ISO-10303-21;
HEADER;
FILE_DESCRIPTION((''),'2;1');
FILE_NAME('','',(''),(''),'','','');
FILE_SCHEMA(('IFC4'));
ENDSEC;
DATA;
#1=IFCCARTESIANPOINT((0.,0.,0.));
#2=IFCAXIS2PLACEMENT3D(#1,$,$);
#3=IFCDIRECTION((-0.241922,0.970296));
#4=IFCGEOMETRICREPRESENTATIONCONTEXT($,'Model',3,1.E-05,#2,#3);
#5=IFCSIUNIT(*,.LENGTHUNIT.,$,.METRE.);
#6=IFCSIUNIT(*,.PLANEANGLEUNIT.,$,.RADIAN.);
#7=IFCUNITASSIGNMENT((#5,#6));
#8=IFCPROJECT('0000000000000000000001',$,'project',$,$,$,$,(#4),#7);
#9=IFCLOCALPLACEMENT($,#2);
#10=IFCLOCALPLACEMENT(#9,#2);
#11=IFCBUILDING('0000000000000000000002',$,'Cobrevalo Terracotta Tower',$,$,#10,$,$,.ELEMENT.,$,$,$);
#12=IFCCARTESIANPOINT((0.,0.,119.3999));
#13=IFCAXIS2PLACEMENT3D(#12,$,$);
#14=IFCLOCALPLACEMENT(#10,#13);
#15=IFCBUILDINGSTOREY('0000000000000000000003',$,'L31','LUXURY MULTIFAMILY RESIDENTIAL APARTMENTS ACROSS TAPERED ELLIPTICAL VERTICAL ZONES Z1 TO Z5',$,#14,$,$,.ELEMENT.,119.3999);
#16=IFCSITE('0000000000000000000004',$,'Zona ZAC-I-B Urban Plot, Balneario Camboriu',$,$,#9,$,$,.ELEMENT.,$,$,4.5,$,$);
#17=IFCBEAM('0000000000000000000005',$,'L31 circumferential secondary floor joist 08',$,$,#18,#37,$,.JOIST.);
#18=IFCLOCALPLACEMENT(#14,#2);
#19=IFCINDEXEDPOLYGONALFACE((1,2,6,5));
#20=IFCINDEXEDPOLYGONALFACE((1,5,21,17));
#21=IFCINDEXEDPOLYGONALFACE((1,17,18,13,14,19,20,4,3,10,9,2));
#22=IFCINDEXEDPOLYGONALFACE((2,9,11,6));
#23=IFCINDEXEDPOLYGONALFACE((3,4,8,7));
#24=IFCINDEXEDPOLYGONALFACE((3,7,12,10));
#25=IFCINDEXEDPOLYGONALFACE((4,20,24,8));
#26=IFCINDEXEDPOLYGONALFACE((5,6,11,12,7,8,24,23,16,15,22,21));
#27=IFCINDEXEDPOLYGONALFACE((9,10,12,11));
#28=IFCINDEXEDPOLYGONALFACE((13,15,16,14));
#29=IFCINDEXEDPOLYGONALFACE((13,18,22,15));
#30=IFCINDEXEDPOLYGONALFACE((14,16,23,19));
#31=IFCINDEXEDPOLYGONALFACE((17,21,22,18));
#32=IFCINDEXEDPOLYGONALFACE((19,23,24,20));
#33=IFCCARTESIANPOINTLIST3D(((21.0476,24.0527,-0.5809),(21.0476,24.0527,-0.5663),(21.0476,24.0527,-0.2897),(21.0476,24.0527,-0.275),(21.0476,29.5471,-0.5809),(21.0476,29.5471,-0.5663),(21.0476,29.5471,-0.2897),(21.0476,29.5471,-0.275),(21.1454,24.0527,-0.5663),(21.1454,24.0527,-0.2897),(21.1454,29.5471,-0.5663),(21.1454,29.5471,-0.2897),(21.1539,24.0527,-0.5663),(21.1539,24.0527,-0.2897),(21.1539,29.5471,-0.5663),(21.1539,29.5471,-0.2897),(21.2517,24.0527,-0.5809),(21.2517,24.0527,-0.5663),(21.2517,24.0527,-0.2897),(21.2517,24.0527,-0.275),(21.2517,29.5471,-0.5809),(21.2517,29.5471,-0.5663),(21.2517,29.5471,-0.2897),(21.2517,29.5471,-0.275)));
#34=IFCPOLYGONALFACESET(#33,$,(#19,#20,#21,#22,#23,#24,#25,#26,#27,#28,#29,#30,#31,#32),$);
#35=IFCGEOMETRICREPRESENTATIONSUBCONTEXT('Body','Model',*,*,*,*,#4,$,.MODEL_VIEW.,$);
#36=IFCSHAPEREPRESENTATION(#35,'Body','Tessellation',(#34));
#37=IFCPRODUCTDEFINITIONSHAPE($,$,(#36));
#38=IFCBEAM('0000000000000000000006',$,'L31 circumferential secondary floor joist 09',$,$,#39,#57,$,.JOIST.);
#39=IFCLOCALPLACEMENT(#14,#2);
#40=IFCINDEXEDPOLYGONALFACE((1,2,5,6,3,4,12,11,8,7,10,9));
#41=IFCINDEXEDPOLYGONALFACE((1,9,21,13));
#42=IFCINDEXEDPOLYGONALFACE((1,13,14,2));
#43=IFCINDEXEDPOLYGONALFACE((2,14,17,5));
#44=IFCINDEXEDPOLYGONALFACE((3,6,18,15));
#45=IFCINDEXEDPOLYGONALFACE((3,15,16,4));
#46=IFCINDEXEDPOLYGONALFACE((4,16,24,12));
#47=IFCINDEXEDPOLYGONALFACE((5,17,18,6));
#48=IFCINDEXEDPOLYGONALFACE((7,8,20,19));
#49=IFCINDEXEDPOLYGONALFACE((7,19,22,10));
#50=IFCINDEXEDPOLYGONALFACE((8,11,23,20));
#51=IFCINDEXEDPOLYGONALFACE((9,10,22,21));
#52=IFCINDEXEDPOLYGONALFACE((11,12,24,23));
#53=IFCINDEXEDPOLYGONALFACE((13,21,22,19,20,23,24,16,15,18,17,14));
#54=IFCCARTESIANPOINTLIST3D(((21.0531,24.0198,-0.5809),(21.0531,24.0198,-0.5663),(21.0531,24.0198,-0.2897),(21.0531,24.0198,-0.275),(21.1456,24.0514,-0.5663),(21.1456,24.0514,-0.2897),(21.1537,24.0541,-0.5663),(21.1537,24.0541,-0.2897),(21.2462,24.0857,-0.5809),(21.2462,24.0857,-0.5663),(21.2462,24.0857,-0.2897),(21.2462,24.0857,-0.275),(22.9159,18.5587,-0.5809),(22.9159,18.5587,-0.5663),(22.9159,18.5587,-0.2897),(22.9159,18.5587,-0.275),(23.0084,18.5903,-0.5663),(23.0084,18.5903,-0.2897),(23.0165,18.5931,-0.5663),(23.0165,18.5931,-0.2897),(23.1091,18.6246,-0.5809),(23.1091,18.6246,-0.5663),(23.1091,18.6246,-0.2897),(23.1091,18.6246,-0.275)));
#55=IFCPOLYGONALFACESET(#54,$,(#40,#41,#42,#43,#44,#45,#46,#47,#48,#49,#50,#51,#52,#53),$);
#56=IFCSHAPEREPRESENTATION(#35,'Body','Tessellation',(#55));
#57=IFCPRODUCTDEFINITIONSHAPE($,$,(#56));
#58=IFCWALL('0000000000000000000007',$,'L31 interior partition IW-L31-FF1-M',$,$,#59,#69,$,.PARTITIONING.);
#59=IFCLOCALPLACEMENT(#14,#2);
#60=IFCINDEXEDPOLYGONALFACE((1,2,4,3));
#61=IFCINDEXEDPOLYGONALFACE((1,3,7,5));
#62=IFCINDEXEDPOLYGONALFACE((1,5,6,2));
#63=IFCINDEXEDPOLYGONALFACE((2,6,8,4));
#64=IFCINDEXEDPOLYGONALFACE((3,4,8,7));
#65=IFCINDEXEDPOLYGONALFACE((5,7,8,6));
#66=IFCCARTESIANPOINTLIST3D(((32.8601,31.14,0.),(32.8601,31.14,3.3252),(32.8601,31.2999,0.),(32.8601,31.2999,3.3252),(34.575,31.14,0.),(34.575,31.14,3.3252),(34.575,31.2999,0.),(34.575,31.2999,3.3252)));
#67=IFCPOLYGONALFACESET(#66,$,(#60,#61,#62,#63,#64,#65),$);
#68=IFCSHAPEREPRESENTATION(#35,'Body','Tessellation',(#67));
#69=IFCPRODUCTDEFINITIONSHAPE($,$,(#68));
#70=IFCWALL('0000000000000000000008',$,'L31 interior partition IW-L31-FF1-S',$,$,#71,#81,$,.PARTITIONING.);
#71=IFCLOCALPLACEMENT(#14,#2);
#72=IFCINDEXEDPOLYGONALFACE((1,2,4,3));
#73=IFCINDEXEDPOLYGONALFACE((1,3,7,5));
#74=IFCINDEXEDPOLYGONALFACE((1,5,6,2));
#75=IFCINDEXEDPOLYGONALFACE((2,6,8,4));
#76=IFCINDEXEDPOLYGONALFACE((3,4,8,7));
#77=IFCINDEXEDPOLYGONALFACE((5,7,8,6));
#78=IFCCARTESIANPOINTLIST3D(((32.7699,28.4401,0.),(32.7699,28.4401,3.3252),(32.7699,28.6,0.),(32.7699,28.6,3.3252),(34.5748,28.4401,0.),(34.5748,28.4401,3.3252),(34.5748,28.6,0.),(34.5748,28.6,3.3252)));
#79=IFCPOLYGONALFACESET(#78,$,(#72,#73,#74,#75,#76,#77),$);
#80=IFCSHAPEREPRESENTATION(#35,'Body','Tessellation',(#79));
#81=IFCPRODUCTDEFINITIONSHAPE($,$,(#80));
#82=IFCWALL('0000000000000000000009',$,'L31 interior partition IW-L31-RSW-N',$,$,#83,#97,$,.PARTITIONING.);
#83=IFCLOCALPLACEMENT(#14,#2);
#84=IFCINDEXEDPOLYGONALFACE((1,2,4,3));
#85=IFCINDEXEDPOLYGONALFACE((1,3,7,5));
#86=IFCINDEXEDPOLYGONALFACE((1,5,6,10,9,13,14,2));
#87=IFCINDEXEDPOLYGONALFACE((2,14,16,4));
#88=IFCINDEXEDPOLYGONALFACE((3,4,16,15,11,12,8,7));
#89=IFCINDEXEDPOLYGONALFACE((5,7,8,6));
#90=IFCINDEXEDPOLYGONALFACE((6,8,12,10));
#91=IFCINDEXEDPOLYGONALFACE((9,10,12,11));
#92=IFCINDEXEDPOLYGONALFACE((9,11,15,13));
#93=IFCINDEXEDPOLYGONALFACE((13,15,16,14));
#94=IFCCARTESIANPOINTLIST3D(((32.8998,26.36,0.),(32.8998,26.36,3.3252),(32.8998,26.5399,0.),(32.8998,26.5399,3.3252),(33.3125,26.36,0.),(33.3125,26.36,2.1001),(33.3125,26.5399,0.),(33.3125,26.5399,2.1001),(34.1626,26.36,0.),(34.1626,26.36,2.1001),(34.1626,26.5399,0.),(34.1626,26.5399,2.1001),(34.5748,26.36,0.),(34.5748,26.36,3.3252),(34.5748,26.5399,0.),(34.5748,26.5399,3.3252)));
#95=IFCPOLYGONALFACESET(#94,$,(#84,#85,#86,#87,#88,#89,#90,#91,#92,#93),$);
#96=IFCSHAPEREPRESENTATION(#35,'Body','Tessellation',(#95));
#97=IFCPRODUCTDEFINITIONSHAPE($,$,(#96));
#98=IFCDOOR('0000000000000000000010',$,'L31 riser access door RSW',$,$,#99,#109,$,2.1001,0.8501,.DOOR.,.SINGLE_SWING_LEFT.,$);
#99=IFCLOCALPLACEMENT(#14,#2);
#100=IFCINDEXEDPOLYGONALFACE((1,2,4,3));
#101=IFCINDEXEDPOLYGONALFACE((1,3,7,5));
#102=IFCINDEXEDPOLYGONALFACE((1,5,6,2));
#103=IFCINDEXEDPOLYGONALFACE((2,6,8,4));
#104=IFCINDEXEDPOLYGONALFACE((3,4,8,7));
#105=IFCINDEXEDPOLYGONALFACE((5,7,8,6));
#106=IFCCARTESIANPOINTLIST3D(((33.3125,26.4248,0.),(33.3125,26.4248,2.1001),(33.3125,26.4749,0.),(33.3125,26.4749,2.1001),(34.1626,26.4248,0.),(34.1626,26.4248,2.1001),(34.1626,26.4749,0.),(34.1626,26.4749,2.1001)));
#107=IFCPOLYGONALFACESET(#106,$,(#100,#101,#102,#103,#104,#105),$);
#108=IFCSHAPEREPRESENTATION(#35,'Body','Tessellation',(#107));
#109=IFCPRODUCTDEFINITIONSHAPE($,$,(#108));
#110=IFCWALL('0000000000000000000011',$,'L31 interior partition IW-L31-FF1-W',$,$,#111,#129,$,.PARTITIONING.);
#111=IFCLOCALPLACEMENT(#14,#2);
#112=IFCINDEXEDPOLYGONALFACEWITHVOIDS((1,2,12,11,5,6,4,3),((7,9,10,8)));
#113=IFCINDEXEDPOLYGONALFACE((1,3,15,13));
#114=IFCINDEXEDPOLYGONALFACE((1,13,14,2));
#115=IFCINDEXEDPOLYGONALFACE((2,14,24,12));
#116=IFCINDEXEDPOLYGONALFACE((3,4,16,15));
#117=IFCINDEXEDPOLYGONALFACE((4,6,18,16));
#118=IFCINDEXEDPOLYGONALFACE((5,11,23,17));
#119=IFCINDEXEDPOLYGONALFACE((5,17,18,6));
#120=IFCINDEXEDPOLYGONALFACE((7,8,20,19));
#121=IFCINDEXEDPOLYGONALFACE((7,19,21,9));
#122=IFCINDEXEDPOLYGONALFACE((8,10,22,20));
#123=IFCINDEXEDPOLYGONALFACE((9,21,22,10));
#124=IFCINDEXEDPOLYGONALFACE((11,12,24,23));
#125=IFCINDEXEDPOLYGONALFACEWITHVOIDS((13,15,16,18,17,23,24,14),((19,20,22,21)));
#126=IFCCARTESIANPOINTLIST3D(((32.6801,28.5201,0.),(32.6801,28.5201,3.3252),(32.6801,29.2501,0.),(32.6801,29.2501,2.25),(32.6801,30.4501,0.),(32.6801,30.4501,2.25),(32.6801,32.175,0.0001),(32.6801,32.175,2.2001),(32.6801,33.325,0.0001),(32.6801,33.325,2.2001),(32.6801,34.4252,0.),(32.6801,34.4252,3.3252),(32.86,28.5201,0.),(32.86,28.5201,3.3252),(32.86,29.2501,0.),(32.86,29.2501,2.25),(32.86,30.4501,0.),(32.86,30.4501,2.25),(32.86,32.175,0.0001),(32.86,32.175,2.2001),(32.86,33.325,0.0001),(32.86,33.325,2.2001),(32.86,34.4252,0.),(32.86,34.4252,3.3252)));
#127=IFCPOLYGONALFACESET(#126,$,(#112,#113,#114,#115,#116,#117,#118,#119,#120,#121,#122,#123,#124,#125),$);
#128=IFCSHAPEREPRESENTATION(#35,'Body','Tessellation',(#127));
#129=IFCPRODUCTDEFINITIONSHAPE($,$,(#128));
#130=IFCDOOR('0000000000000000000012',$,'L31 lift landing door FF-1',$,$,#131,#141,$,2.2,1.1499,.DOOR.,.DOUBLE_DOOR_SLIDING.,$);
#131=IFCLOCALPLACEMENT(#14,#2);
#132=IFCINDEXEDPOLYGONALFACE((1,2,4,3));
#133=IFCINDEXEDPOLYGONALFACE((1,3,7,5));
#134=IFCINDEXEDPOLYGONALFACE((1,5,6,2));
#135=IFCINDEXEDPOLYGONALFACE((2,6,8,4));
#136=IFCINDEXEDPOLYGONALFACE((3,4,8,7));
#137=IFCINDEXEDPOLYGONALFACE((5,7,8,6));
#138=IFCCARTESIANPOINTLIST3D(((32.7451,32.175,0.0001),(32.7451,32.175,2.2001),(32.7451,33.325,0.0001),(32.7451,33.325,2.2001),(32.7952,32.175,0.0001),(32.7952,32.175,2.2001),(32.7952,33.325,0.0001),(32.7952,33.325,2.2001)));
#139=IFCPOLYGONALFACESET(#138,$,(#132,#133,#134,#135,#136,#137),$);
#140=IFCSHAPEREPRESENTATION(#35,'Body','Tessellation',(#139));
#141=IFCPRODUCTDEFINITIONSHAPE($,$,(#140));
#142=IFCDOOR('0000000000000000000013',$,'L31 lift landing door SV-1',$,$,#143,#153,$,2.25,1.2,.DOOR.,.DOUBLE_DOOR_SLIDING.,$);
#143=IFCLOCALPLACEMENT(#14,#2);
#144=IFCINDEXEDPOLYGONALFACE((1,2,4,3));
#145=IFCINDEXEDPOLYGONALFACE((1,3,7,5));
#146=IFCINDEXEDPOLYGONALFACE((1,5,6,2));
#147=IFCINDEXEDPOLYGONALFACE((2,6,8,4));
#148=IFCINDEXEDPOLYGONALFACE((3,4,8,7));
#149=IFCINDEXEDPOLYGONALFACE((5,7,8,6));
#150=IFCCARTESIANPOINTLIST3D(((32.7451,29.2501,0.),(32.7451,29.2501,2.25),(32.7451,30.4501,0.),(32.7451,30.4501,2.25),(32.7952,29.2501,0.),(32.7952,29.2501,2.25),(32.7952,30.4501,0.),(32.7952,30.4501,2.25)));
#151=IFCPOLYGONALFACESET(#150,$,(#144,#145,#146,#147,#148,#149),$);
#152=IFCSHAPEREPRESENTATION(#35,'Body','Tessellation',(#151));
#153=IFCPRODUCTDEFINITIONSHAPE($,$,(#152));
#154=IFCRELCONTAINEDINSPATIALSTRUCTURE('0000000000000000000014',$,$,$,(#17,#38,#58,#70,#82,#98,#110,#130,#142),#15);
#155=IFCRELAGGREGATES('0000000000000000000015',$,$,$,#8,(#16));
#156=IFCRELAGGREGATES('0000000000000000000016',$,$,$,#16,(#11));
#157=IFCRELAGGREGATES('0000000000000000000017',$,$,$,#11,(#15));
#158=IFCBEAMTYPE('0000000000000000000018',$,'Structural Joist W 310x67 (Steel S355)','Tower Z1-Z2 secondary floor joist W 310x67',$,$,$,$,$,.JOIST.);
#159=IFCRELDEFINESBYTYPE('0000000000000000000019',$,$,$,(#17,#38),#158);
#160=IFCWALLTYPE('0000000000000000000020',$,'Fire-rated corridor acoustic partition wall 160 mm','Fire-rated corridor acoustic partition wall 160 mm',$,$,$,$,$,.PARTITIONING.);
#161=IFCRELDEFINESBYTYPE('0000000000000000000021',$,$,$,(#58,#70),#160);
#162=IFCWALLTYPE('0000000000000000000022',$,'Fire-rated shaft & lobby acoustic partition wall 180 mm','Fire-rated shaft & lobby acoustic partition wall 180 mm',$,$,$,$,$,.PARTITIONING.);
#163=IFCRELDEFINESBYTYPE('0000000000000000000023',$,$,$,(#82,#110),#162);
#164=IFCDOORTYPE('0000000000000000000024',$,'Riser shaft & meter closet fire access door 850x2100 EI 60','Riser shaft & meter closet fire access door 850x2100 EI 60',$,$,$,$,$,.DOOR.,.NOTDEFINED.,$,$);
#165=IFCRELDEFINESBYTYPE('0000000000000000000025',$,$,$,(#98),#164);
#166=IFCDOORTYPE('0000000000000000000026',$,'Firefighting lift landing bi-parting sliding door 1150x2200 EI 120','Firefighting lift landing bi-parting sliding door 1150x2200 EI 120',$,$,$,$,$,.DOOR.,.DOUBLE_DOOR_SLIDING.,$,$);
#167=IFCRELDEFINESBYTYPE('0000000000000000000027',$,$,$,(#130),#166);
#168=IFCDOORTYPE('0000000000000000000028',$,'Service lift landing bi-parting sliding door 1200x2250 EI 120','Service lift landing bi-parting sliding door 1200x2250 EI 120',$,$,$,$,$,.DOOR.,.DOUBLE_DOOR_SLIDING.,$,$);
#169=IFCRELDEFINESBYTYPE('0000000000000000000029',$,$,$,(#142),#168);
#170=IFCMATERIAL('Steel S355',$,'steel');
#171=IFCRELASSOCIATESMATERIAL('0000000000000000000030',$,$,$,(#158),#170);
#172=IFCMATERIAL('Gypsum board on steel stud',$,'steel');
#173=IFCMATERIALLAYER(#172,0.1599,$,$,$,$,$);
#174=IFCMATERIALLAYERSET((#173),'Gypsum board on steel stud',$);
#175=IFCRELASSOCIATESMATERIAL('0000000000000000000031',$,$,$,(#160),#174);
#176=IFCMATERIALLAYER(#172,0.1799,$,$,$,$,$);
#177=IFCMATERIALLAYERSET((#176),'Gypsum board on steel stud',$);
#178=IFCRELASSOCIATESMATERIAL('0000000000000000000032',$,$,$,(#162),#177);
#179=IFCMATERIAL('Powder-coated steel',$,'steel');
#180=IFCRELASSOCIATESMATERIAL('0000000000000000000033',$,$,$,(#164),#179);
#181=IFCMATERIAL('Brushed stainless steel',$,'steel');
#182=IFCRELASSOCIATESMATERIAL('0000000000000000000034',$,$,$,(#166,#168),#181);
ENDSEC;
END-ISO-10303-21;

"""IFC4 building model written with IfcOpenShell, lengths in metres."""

from ifc_helpers import new_model, si_unit, direction, frame, frame_2d, origin, origin_2d, place, context, subcontext, project, spatial, rectangle, i_section, extrude, source, transform, mapped, material, layer, layer_set, material_profile, profile_set, type_object, element, fill, save


model = new_model("IFC4")

# Units and contexts
model_context = context("Model", 3, precision=1e-05, world=origin(), true_north=direction((-0.241922, 0.970296)))
body_context = subcontext(model_context, "Body", "Model", "MODEL_VIEW")
ifc_project = project(units=[si_unit("LENGTHUNIT", "METRE"), si_unit("PLANEANGLEUNIT", "RADIAN")], contexts=[model_context])

# Site, building, storey
site_placement = place(None, origin())
site = spatial("IfcSite", under=ifc_project, at=site_placement, Name="Zona ZAC-I-B Urban Plot, Balneario Camboriu", CompositionType="ELEMENT", RefElevation=4.5)
building_placement = place(site_placement, origin())
building = spatial("IfcBuilding", under=site, at=building_placement, Name="Cobrevalo Terracotta Tower", CompositionType="ELEMENT")
storey_placement = place(building_placement, frame((0.0, 0.0, 119.3999)))
storey = spatial("IfcBuildingStorey", under=building, at=storey_placement, Name="L31", Description="LUXURY MULTIFAMILY RESIDENTIAL APARTMENTS ACROSS TAPERED ELLIPTICAL VERTICAL ZONES Z1 TO Z5", CompositionType="ELEMENT", Elevation=119.3999)

# Beams
ifc_material_1 = material(Name="Steel S355", Category="steel")
ifc_material_profile = material_profile(ifc_material_1, i_section(OverallWidth=0.2041, OverallDepth=0.3059, WebThickness=0.0085, FlangeThickness=0.0146, at=origin_2d()), Name="W 310x67")
ifc_profile_set = profile_set([ifc_material_profile], Name="Steel S355")
beam_type = type_object("IfcBeamType", Name="Structural Joist W 310x67 (Steel S355)", Description="Tower Z1-Z2 secondary floor joist W 310x67", PredefinedType="JOIST", material=ifc_profile_set)
beam_1_placement = place(storey_placement, frame((21.1497, 29.5471, -0.428), z_axis=(0.0, -1.0, 0.0), x_axis=(1.0, 0.0, 0.0)))
element("IfcBeam", 1, at=beam_1_placement, inside=storey, type_object=beam_type, Name="L31 circumferential secondary floor joist 08", PredefinedType="JOIST", context=body_context, shape_type="SweptSolid", body=[
    extrude(i_section(OverallWidth=0.2041, OverallDepth=0.3059, WebThickness=0.0085, FlangeThickness=0.0146, at=origin_2d()), origin(), (0.0, 0.0, 1.0), 5.4944),
])
beam_2_placement = place(storey_placement, frame((21.1497, 24.0527, -0.428), z_axis=(0.322846, -0.946451, 0.0), x_axis=(0.946451, 0.322846, 0.0)))
element("IfcBeam", 2, at=beam_2_placement, inside=storey, type_object=beam_type, Name="L31 circumferential secondary floor joist 09", PredefinedType="JOIST", context=body_context, shape_type="SweptSolid", body=[
    extrude(i_section(OverallWidth=0.2041, OverallDepth=0.3059, WebThickness=0.0085, FlangeThickness=0.0146, at=origin_2d()), origin(), (0.0, 0.0, 1.0), 5.77),
])

# Walls
ifc_material_2 = material(Name="Gypsum board on steel stud", Category="steel")
ifc_layer_1 = layer(ifc_material_2, 0.1599)
ifc_layer_set_1 = layer_set([ifc_layer_1], Name="Gypsum board on steel stud")
wall_type_1 = type_object("IfcWallType", Name="Fire-rated corridor acoustic partition wall 160 mm", Description="Fire-rated corridor acoustic partition wall 160 mm", PredefinedType="PARTITIONING", material=ifc_layer_set_1)
wall_1_placement = place(storey_placement, frame((32.8601, 31.22, 0.0), z_axis=(0.0, 0.0, 1.0), x_axis=(1.0, 0.0, 0.0)))
element("IfcWall", 3, at=wall_1_placement, inside=storey, type_object=wall_type_1, Name="L31 interior partition IW-L31-FF1-M", PredefinedType="PARTITIONING", context=body_context, shape_type="SweptSolid", body=[
    extrude(rectangle(XDim=1.7148, YDim=0.1599, at=frame_2d((0.8574, 0.0))), origin(), (0.0, 0.0, 1.0), 3.3252),
])
wall_2_placement = place(storey_placement, frame((32.77, 28.52, 0.0), z_axis=(0.0, 0.0, 1.0), x_axis=(1.0, 0.0, 0.0)))
element("IfcWall", 4, at=wall_2_placement, inside=storey, type_object=wall_type_1, Name="L31 interior partition IW-L31-FF1-S", PredefinedType="PARTITIONING", context=body_context, shape_type="SweptSolid", body=[
    extrude(rectangle(XDim=1.8049, YDim=0.1599, at=frame_2d((0.9023, 0.0))), origin(), (0.0, 0.0, 1.0), 3.3252),
])

# Wall, opening, door
ifc_layer_2 = layer(ifc_material_2, 0.1799)
ifc_layer_set_2 = layer_set([ifc_layer_2], Name="Gypsum board on steel stud")
wall_type_2 = type_object("IfcWallType", Name="Fire-rated shaft & lobby acoustic partition wall 180 mm", Description="Fire-rated shaft & lobby acoustic partition wall 180 mm", PredefinedType="PARTITIONING", material=ifc_layer_set_2)
wall_3_placement = place(storey_placement, frame((32.8999, 26.45, 0.0), z_axis=(0.0, 0.0, 1.0), x_axis=(1.0, 0.0, 0.0)))
wall_3 = element("IfcWall", 5, at=wall_3_placement, inside=storey, type_object=wall_type_2, Name="L31 interior partition IW-L31-RSW-N", PredefinedType="PARTITIONING", context=body_context, shape_type="SweptSolid", body=[
    extrude(rectangle(XDim=1.675, YDim=0.1799, at=frame_2d((0.8374, 0.0))), origin(), (0.0, 0.0, 1.0), 3.3252),
])
opening_1_placement = place(wall_3_placement, frame((0.4126, 0.0, 0.0)))
opening_1 = element("IfcOpeningElement", 6, at=opening_1_placement, cuts=wall_3, PredefinedType="OPENING", context=body_context, shape_type="SweptSolid", body=[
    extrude(rectangle(XDim=0.8501, YDim=2.1001, at=frame_2d((0.425, 1.05))), frame((0.0, 0.1001, 0.0), z_axis=(0.0, -1.0, 0.0), x_axis=(1.0, 0.0, 0.0)), (0.0, 0.0, 1.0), 0.2),
])
ifc_material_3 = material(Name="Powder-coated steel", Category="steel")
door_type_1 = type_object("IfcDoorType", Name="Riser shaft & meter closet fire access door 850x2100 EI 60", Description="Riser shaft & meter closet fire access door 850x2100 EI 60", OperationType="NOTDEFINED", PredefinedType="DOOR", material=ifc_material_3)
shared_shape_1 = source(origin(), body_context, "Body", "SweptSolid", [
    extrude(rectangle(XDim=0.8501, YDim=2.1001, at=frame_2d((0.425, 1.05))), frame((0.0, 0.0249, 0.0), z_axis=(0.0, -1.0, 0.0), x_axis=(1.0, 0.0, 0.0)), (0.0, 0.0, 1.0), 0.05),
])
door_1_placement = place(opening_1_placement, origin())
door_1 = element("IfcDoor", 7, at=door_1_placement, inside=storey, type_object=door_type_1, Name="L31 riser access door RSW", OperationType="SINGLE_SWING_LEFT", OverallHeight=2.1001, OverallWidth=0.8501, PredefinedType="DOOR", context=body_context, shape_type="MappedRepresentation", body=[
    mapped(shared_shape_1, transform((0.0, 0.0, 0.0), scale=1.0)),
])
fill(opening_1, door_1)

# Wall, openings, doors
wall_4_placement = place(storey_placement, frame((32.77, 28.52, 0.0), z_axis=(0.0, 0.0, 1.0), x_axis=(0.0, 1.0, 0.0)))
wall_4 = element("IfcWall", 8, at=wall_4_placement, inside=storey, type_object=wall_type_2, Name="L31 interior partition IW-L31-FF1-W", PredefinedType="PARTITIONING", context=body_context, shape_type="SweptSolid", body=[
    extrude(rectangle(XDim=5.905, YDim=0.1799, at=frame_2d((2.9526, 0.0))), origin(), (0.0, 0.0, 1.0), 3.3252),
])
opening_2_placement = place(wall_4_placement, frame((3.655, 0.0, 0.0)))
opening_2 = element("IfcOpeningElement", 9, at=opening_2_placement, cuts=wall_4, PredefinedType="OPENING", context=body_context, shape_type="SweptSolid", body=[
    extrude(rectangle(XDim=1.1499, YDim=2.2, at=frame_2d((0.575, 1.1001))), frame((0.0, 0.1001, 0.0), z_axis=(0.0, -1.0, 0.0), x_axis=(1.0, 0.0, 0.0)), (0.0, 0.0, 1.0), 0.2),
])
opening_3_placement = place(wall_4_placement, frame((0.73, 0.0, 0.0)))
opening_3 = element("IfcOpeningElement", 10, at=opening_3_placement, cuts=wall_4, PredefinedType="OPENING", context=body_context, shape_type="SweptSolid", body=[
    extrude(rectangle(XDim=1.2, YDim=2.25, at=frame_2d((0.6001, 1.125))), frame((0.0, 0.1001, 0.0), z_axis=(0.0, -1.0, 0.0), x_axis=(1.0, 0.0, 0.0)), (0.0, 0.0, 1.0), 0.2),
])
ifc_material_4 = material(Name="Brushed stainless steel", Category="steel")
door_type_2 = type_object("IfcDoorType", Name="Firefighting lift landing bi-parting sliding door 1150x2200 EI 120", Description="Firefighting lift landing bi-parting sliding door 1150x2200 EI 120", OperationType="DOUBLE_DOOR_SLIDING", PredefinedType="DOOR", material=ifc_material_4)
shared_shape_2 = source(origin(), body_context, "Body", "SweptSolid", [
    extrude(rectangle(XDim=1.1499, YDim=2.2, at=frame_2d((0.575, 1.1001))), frame((0.0, 0.0249, 0.0), z_axis=(0.0, -1.0, 0.0), x_axis=(1.0, 0.0, 0.0)), (0.0, 0.0, 1.0), 0.05),
])
door_2_placement = place(opening_2_placement, origin())
door_2 = element("IfcDoor", 11, at=door_2_placement, inside=storey, type_object=door_type_2, Name="L31 lift landing door FF-1", OperationType="DOUBLE_DOOR_SLIDING", OverallHeight=2.2, OverallWidth=1.1499, PredefinedType="DOOR", context=body_context, shape_type="MappedRepresentation", body=[
    mapped(shared_shape_2, transform((0.0, 0.0, 0.0), scale=1.0)),
])
fill(opening_2, door_2)
door_type_3 = type_object("IfcDoorType", Name="Service lift landing bi-parting sliding door 1200x2250 EI 120", Description="Service lift landing bi-parting sliding door 1200x2250 EI 120", OperationType="DOUBLE_DOOR_SLIDING", PredefinedType="DOOR", material=ifc_material_4)
shared_shape_3 = source(origin(), body_context, "Body", "SweptSolid", [
    extrude(rectangle(XDim=1.2, YDim=2.25, at=frame_2d((0.6001, 1.125))), frame((0.0, 0.0249, 0.0), z_axis=(0.0, -1.0, 0.0), x_axis=(1.0, 0.0, 0.0)), (0.0, 0.0, 1.0), 0.05),
])
door_3_placement = place(opening_3_placement, origin())
door_3 = element("IfcDoor", 12, at=door_3_placement, inside=storey, type_object=door_type_3, Name="L31 lift landing door SV-1", OperationType="DOUBLE_DOOR_SLIDING", OverallHeight=2.25, OverallWidth=1.2, PredefinedType="DOOR", context=body_context, shape_type="MappedRepresentation", body=[
    mapped(shared_shape_3, transform((0.0, 0.0, 0.0), scale=1.0)),
])
fill(opening_3, door_3)

save(model, "model.ifc")
